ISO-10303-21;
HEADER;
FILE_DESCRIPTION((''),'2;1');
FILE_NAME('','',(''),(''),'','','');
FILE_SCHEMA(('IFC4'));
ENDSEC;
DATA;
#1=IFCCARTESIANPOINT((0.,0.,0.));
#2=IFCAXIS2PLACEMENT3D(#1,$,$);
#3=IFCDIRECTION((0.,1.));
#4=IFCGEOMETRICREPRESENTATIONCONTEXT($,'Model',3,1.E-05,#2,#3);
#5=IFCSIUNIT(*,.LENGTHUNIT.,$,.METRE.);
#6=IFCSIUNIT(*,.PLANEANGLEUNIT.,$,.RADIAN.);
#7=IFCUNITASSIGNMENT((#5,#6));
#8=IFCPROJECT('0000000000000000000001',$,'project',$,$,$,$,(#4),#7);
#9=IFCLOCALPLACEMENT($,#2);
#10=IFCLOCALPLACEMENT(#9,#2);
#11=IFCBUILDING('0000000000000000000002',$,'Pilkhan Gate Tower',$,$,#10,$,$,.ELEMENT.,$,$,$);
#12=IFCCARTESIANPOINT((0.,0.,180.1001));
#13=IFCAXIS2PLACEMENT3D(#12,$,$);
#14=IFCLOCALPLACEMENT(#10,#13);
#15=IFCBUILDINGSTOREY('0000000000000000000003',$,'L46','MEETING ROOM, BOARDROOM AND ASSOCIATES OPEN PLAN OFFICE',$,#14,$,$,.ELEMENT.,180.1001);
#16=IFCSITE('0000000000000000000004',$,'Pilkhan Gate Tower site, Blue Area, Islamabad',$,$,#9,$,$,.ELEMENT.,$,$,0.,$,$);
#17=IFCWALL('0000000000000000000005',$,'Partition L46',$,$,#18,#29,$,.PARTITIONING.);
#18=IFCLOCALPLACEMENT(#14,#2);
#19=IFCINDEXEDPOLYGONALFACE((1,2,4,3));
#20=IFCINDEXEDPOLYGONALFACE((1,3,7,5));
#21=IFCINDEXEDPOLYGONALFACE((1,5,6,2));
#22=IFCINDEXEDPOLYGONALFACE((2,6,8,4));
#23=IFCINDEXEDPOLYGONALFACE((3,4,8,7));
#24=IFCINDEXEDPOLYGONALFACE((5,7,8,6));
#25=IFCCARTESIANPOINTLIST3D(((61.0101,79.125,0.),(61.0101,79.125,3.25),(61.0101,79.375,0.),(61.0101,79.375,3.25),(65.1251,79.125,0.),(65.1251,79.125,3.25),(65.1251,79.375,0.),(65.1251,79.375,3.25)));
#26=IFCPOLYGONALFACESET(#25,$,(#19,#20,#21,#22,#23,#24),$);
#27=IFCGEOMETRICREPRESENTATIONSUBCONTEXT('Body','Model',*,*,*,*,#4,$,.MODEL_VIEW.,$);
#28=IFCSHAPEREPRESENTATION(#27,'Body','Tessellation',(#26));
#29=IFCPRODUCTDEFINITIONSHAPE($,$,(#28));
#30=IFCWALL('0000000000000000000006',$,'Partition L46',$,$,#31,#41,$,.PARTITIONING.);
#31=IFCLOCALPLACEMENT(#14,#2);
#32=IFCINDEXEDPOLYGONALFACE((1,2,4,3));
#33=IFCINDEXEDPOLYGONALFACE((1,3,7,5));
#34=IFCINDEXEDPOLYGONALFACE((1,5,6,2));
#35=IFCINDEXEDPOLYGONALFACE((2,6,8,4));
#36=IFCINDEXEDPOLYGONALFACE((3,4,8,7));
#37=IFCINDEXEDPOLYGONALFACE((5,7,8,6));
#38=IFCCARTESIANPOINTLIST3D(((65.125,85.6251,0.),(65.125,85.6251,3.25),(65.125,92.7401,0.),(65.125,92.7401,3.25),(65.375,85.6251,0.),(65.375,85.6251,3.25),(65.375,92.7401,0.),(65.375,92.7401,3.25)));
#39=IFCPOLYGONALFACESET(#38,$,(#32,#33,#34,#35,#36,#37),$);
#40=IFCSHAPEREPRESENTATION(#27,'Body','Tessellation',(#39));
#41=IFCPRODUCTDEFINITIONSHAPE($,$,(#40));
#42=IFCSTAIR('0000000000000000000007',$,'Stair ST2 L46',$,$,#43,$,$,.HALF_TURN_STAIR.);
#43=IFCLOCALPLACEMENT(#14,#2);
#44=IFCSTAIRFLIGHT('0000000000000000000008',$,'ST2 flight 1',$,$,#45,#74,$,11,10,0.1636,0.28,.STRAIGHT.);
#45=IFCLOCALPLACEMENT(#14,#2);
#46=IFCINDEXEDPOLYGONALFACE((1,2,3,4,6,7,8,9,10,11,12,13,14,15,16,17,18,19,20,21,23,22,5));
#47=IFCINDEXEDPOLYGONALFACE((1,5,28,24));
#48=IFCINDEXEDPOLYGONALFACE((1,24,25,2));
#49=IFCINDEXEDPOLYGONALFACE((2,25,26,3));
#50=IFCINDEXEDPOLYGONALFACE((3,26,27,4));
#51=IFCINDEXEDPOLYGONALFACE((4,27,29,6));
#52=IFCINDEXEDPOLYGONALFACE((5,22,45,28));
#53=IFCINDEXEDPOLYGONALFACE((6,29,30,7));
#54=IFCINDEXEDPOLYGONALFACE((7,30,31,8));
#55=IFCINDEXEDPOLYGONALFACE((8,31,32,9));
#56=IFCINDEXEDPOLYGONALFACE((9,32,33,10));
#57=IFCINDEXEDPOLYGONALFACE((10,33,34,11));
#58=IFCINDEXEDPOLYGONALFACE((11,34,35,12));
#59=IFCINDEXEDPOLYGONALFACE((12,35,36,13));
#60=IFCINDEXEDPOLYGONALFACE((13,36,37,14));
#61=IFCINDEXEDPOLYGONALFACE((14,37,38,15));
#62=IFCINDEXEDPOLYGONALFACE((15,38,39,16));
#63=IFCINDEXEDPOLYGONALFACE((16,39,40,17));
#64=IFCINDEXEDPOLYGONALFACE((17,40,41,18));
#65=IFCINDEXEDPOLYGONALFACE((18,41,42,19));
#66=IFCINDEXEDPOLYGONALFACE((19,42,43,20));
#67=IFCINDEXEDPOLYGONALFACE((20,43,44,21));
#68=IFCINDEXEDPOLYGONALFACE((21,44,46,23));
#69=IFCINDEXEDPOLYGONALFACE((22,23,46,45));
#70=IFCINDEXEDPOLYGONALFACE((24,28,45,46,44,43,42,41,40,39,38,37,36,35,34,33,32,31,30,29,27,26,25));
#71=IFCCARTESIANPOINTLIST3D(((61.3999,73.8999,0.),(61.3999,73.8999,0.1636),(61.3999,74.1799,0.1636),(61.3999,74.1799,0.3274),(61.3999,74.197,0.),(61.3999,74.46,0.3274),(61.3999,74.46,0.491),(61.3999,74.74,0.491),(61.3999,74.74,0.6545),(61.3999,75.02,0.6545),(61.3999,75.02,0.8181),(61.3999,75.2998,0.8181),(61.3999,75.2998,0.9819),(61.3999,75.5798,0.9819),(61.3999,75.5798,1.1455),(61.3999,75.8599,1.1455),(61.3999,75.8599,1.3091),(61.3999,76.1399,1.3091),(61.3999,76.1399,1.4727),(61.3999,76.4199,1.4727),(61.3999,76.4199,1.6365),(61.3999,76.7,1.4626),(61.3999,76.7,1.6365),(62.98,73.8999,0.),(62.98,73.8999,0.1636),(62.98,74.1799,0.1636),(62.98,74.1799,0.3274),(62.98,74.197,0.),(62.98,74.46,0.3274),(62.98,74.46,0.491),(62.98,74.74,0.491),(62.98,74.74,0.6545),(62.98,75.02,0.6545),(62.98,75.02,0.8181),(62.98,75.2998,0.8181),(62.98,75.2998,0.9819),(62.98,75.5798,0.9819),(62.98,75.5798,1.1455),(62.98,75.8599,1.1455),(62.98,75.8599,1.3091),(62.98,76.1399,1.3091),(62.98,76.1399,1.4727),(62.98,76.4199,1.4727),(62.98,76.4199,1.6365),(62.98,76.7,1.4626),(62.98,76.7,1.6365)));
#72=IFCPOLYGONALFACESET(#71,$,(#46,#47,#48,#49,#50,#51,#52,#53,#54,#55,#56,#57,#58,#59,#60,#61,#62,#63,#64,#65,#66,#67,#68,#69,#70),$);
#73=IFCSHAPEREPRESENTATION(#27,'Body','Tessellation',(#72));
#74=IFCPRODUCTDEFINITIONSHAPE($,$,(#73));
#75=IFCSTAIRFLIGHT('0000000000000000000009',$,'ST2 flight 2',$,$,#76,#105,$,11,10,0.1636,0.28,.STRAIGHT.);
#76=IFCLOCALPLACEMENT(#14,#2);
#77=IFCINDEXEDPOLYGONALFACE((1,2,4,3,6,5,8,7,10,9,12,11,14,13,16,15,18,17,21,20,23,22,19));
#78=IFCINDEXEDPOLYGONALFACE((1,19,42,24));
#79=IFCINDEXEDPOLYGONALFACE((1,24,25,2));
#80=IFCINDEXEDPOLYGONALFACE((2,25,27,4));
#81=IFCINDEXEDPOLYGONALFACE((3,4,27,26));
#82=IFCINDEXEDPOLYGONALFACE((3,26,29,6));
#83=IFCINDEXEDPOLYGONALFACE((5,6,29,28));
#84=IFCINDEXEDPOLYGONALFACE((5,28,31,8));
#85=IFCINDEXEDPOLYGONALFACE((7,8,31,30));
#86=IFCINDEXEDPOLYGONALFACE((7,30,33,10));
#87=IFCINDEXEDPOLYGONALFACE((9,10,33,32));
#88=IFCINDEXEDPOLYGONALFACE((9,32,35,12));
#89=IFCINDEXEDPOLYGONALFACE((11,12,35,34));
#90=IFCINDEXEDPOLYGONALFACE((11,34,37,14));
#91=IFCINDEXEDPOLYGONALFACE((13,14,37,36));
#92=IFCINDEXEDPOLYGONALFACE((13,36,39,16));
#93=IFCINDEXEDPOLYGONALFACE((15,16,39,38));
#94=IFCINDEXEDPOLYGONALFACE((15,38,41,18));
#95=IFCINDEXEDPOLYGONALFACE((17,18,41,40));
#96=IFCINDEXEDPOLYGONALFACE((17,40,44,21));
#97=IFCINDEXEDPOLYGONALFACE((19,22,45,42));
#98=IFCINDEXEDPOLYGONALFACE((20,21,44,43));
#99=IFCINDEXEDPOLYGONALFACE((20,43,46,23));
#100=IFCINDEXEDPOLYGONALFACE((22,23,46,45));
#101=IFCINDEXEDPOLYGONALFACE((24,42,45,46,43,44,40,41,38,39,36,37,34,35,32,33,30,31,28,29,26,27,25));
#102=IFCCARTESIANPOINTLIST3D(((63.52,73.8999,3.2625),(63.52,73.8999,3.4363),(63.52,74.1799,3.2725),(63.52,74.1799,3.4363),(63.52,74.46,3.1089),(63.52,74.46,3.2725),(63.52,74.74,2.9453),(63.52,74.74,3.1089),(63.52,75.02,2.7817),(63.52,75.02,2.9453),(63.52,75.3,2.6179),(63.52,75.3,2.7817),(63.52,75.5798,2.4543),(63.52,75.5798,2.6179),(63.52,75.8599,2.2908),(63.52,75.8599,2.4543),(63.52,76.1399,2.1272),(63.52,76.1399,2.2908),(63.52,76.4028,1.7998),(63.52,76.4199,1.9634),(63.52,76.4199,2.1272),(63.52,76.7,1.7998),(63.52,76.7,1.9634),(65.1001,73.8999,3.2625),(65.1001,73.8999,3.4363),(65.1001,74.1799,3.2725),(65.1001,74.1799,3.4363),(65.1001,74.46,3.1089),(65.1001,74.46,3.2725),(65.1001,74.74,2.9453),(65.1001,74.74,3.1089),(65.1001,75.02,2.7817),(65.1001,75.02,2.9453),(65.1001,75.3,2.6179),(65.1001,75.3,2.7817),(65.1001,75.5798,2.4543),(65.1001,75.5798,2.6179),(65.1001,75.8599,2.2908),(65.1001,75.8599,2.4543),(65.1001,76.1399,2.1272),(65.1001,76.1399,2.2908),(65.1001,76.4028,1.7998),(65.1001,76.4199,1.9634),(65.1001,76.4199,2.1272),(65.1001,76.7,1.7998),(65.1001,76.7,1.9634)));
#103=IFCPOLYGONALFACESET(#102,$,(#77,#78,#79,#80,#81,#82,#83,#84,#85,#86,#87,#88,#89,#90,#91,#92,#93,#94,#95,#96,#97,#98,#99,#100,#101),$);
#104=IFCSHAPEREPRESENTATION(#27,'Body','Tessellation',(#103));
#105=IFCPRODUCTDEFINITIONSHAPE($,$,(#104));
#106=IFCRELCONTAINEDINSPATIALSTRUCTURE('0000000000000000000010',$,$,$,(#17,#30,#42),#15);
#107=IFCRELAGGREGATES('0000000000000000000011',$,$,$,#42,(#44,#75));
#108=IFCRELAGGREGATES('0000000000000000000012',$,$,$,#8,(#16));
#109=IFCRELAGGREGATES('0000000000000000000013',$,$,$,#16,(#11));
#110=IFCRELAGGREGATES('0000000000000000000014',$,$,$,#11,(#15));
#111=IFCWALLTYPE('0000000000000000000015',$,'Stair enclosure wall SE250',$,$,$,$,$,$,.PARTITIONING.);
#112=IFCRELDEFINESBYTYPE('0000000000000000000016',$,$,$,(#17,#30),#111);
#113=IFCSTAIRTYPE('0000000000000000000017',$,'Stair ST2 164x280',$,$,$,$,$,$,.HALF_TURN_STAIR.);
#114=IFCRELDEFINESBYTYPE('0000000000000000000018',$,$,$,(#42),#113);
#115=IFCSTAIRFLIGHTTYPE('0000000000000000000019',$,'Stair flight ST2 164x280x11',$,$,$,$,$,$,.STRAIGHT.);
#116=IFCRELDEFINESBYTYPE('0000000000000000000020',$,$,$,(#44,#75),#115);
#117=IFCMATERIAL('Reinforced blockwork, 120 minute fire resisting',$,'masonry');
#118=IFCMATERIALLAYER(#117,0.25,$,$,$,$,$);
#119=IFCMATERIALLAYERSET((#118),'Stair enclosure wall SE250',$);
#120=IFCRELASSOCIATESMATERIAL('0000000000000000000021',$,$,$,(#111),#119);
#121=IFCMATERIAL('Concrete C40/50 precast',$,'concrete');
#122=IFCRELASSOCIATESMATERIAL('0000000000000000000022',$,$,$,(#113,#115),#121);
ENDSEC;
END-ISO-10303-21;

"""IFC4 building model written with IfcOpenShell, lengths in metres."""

from ifc_helpers import new_model, si_unit, direction, frame, frame_2d, origin, place, context, subcontext, project, spatial, polyline, rectangle, outline, extrude, material, layer, layer_set, type_object, element, aggregate, save


model = new_model("IFC4")

# Units and contexts
model_context = context("Model", 3, precision=1e-05, world=origin(), true_north=direction((0.0, 1.0)))
body_context = subcontext(model_context, "Body", "Model", "MODEL_VIEW")
ifc_project = project(units=[si_unit("LENGTHUNIT", "METRE"), si_unit("PLANEANGLEUNIT", "RADIAN")], contexts=[model_context])

# Site, building, storey
site_placement = place(None, origin())
site = spatial("IfcSite", under=ifc_project, at=site_placement, Name="Pilkhan Gate Tower site, Blue Area, Islamabad", CompositionType="ELEMENT", RefElevation=0.0)
building_placement = place(site_placement, origin())
building = spatial("IfcBuilding", under=site, at=building_placement, Name="Pilkhan Gate Tower", CompositionType="ELEMENT")
storey_placement = place(building_placement, frame((0.0, 0.0, 180.1001)))
storey = spatial("IfcBuildingStorey", under=building, at=storey_placement, Name="L46", Description="MEETING ROOM, BOARDROOM AND ASSOCIATES OPEN PLAN OFFICE", CompositionType="ELEMENT", Elevation=180.1001)

# Walls
ifc_material_1 = material(Name="Reinforced blockwork, 120 minute fire resisting", Category="masonry")
ifc_layer_1 = layer(ifc_material_1, 0.25)
ifc_layer_set_1 = layer_set([ifc_layer_1], Name="Stair enclosure wall SE250")
wall_type_1 = type_object("IfcWallType", Name="Stair enclosure wall SE250", PredefinedType="PARTITIONING", material=ifc_layer_set_1)
wall_1_placement = place(storey_placement, frame((61.01, 79.25, 0.0), z_axis=(0.0, 0.0, 1.0), x_axis=(1.0, 0.0, 0.0)))
element("IfcWall", 1, at=wall_1_placement, inside=storey, type_object=wall_type_1, Name="Partition L46", PredefinedType="PARTITIONING", context=body_context, shape_type="SweptSolid", body=[
    extrude(rectangle(XDim=4.115, YDim=0.25, at=frame_2d((2.0576, 0.0))), origin(), (0.0, 0.0, 1.0), 3.25),
])
wall_2_placement = place(storey_placement, frame((65.25, 85.625, 0.0), z_axis=(0.0, 0.0, 1.0), x_axis=(0.0, 1.0, 0.0)))
element("IfcWall", 2, at=wall_2_placement, inside=storey, type_object=wall_type_1, Name="Partition L46", PredefinedType="PARTITIONING", context=body_context, shape_type="SweptSolid", body=[
    extrude(rectangle(XDim=7.115, YDim=0.25, at=frame_2d((3.5576, 0.0))), origin(), (0.0, 0.0, 1.0), 3.25),
])

# Stair, stair flights
ifc_material_2 = material(Name="Concrete C40/50 precast", Category="concrete")
stair_type = type_object("IfcStairType", Name="Stair ST2 164x280", PredefinedType="HALF_TURN_STAIR", material=ifc_material_2)
stair_placement = place(storey_placement, origin())
stair = element("IfcStair", 3, at=stair_placement, inside=storey, type_object=stair_type, Name="Stair ST2 L46", PredefinedType="HALF_TURN_STAIR")
stair_flight_type = type_object("IfcStairFlightType", Name="Stair flight ST2 164x280x11", PredefinedType="STRAIGHT", material=ifc_material_2)
stair_flight_1_placement = place(storey_placement, frame((62.1899, 73.8999, 0.0), z_axis=(0.0, 0.0, 1.0), x_axis=(0.0, 1.0, 0.0)))
stair_flight_1 = element("IfcStairFlight", 4, at=stair_flight_1_placement, type_object=stair_flight_type, Name="ST2 flight 1", NumberOfRisers=11, NumberOfTreads=10, PredefinedType="STRAIGHT", RiserHeight=0.1636, TreadLength=0.28, context=body_context, shape_type="SweptSolid", body=[
    extrude(outline(polyline([(0.0, 0.0), (0.0, 0.1636), (0.28, 0.1636), (0.28, 0.3274), (0.5601, 0.3274), (0.5601, 0.491), (0.8401, 0.491), (0.8401, 0.6545), (1.1201, 0.6545), (1.1201, 0.8181), (1.3999, 0.8181), (1.3999, 0.9819), (1.6799, 0.9819), (1.6799, 1.1455), (1.96, 1.1455), (1.96, 1.3091), (2.24, 1.3091), (2.24, 1.4727), (2.52, 1.4727), (2.52, 1.6365), (2.8, 1.6365), (2.8, 1.8), (2.8, 1.4626), (0.2971, 0.0), (0.0, 0.0)])), frame((0.0, 0.79, 0.0), z_axis=(0.0, -1.0, 0.0), x_axis=(1.0, 0.0, 0.0)), (0.0, 0.0, 1.0), 1.5801),
])
stair_flight_2_placement = place(storey_placement, frame((64.3101, 76.7, 1.7998), z_axis=(0.0, 0.0, 1.0), x_axis=(0.0, -1.0, 0.0)))
stair_flight_2 = element("IfcStairFlight", 5, at=stair_flight_2_placement, type_object=stair_flight_type, Name="ST2 flight 2", NumberOfRisers=11, NumberOfTreads=10, PredefinedType="STRAIGHT", RiserHeight=0.1636, TreadLength=0.28, context=body_context, shape_type="SweptSolid", body=[
    extrude(outline(polyline([(0.0, 0.0), (0.0, 0.1636), (0.28, 0.1636), (0.28, 0.3274), (0.5601, 0.3274), (0.5601, 0.491), (0.8401, 0.491), (0.8401, 0.6545), (1.1201, 0.6545), (1.1201, 0.8181), (1.3999, 0.8181), (1.3999, 0.9819), (1.6799, 0.9819), (1.6799, 1.1455), (1.96, 1.1455), (1.96, 1.3091), (2.24, 1.3091), (2.24, 1.4727), (2.52, 1.4727), (2.52, 1.6365), (2.8, 1.6365), (2.8, 1.8), (2.8, 1.4626), (0.2971, 0.0), (0.0, 0.0)])), frame((0.0, 0.79, 0.0), z_axis=(0.0, -1.0, 0.0), x_axis=(1.0, 0.0, 0.0)), (0.0, 0.0, 1.0), 1.5801),
])
aggregate(stair, [stair_flight_1, stair_flight_2])

save(model, "model.ifc")
